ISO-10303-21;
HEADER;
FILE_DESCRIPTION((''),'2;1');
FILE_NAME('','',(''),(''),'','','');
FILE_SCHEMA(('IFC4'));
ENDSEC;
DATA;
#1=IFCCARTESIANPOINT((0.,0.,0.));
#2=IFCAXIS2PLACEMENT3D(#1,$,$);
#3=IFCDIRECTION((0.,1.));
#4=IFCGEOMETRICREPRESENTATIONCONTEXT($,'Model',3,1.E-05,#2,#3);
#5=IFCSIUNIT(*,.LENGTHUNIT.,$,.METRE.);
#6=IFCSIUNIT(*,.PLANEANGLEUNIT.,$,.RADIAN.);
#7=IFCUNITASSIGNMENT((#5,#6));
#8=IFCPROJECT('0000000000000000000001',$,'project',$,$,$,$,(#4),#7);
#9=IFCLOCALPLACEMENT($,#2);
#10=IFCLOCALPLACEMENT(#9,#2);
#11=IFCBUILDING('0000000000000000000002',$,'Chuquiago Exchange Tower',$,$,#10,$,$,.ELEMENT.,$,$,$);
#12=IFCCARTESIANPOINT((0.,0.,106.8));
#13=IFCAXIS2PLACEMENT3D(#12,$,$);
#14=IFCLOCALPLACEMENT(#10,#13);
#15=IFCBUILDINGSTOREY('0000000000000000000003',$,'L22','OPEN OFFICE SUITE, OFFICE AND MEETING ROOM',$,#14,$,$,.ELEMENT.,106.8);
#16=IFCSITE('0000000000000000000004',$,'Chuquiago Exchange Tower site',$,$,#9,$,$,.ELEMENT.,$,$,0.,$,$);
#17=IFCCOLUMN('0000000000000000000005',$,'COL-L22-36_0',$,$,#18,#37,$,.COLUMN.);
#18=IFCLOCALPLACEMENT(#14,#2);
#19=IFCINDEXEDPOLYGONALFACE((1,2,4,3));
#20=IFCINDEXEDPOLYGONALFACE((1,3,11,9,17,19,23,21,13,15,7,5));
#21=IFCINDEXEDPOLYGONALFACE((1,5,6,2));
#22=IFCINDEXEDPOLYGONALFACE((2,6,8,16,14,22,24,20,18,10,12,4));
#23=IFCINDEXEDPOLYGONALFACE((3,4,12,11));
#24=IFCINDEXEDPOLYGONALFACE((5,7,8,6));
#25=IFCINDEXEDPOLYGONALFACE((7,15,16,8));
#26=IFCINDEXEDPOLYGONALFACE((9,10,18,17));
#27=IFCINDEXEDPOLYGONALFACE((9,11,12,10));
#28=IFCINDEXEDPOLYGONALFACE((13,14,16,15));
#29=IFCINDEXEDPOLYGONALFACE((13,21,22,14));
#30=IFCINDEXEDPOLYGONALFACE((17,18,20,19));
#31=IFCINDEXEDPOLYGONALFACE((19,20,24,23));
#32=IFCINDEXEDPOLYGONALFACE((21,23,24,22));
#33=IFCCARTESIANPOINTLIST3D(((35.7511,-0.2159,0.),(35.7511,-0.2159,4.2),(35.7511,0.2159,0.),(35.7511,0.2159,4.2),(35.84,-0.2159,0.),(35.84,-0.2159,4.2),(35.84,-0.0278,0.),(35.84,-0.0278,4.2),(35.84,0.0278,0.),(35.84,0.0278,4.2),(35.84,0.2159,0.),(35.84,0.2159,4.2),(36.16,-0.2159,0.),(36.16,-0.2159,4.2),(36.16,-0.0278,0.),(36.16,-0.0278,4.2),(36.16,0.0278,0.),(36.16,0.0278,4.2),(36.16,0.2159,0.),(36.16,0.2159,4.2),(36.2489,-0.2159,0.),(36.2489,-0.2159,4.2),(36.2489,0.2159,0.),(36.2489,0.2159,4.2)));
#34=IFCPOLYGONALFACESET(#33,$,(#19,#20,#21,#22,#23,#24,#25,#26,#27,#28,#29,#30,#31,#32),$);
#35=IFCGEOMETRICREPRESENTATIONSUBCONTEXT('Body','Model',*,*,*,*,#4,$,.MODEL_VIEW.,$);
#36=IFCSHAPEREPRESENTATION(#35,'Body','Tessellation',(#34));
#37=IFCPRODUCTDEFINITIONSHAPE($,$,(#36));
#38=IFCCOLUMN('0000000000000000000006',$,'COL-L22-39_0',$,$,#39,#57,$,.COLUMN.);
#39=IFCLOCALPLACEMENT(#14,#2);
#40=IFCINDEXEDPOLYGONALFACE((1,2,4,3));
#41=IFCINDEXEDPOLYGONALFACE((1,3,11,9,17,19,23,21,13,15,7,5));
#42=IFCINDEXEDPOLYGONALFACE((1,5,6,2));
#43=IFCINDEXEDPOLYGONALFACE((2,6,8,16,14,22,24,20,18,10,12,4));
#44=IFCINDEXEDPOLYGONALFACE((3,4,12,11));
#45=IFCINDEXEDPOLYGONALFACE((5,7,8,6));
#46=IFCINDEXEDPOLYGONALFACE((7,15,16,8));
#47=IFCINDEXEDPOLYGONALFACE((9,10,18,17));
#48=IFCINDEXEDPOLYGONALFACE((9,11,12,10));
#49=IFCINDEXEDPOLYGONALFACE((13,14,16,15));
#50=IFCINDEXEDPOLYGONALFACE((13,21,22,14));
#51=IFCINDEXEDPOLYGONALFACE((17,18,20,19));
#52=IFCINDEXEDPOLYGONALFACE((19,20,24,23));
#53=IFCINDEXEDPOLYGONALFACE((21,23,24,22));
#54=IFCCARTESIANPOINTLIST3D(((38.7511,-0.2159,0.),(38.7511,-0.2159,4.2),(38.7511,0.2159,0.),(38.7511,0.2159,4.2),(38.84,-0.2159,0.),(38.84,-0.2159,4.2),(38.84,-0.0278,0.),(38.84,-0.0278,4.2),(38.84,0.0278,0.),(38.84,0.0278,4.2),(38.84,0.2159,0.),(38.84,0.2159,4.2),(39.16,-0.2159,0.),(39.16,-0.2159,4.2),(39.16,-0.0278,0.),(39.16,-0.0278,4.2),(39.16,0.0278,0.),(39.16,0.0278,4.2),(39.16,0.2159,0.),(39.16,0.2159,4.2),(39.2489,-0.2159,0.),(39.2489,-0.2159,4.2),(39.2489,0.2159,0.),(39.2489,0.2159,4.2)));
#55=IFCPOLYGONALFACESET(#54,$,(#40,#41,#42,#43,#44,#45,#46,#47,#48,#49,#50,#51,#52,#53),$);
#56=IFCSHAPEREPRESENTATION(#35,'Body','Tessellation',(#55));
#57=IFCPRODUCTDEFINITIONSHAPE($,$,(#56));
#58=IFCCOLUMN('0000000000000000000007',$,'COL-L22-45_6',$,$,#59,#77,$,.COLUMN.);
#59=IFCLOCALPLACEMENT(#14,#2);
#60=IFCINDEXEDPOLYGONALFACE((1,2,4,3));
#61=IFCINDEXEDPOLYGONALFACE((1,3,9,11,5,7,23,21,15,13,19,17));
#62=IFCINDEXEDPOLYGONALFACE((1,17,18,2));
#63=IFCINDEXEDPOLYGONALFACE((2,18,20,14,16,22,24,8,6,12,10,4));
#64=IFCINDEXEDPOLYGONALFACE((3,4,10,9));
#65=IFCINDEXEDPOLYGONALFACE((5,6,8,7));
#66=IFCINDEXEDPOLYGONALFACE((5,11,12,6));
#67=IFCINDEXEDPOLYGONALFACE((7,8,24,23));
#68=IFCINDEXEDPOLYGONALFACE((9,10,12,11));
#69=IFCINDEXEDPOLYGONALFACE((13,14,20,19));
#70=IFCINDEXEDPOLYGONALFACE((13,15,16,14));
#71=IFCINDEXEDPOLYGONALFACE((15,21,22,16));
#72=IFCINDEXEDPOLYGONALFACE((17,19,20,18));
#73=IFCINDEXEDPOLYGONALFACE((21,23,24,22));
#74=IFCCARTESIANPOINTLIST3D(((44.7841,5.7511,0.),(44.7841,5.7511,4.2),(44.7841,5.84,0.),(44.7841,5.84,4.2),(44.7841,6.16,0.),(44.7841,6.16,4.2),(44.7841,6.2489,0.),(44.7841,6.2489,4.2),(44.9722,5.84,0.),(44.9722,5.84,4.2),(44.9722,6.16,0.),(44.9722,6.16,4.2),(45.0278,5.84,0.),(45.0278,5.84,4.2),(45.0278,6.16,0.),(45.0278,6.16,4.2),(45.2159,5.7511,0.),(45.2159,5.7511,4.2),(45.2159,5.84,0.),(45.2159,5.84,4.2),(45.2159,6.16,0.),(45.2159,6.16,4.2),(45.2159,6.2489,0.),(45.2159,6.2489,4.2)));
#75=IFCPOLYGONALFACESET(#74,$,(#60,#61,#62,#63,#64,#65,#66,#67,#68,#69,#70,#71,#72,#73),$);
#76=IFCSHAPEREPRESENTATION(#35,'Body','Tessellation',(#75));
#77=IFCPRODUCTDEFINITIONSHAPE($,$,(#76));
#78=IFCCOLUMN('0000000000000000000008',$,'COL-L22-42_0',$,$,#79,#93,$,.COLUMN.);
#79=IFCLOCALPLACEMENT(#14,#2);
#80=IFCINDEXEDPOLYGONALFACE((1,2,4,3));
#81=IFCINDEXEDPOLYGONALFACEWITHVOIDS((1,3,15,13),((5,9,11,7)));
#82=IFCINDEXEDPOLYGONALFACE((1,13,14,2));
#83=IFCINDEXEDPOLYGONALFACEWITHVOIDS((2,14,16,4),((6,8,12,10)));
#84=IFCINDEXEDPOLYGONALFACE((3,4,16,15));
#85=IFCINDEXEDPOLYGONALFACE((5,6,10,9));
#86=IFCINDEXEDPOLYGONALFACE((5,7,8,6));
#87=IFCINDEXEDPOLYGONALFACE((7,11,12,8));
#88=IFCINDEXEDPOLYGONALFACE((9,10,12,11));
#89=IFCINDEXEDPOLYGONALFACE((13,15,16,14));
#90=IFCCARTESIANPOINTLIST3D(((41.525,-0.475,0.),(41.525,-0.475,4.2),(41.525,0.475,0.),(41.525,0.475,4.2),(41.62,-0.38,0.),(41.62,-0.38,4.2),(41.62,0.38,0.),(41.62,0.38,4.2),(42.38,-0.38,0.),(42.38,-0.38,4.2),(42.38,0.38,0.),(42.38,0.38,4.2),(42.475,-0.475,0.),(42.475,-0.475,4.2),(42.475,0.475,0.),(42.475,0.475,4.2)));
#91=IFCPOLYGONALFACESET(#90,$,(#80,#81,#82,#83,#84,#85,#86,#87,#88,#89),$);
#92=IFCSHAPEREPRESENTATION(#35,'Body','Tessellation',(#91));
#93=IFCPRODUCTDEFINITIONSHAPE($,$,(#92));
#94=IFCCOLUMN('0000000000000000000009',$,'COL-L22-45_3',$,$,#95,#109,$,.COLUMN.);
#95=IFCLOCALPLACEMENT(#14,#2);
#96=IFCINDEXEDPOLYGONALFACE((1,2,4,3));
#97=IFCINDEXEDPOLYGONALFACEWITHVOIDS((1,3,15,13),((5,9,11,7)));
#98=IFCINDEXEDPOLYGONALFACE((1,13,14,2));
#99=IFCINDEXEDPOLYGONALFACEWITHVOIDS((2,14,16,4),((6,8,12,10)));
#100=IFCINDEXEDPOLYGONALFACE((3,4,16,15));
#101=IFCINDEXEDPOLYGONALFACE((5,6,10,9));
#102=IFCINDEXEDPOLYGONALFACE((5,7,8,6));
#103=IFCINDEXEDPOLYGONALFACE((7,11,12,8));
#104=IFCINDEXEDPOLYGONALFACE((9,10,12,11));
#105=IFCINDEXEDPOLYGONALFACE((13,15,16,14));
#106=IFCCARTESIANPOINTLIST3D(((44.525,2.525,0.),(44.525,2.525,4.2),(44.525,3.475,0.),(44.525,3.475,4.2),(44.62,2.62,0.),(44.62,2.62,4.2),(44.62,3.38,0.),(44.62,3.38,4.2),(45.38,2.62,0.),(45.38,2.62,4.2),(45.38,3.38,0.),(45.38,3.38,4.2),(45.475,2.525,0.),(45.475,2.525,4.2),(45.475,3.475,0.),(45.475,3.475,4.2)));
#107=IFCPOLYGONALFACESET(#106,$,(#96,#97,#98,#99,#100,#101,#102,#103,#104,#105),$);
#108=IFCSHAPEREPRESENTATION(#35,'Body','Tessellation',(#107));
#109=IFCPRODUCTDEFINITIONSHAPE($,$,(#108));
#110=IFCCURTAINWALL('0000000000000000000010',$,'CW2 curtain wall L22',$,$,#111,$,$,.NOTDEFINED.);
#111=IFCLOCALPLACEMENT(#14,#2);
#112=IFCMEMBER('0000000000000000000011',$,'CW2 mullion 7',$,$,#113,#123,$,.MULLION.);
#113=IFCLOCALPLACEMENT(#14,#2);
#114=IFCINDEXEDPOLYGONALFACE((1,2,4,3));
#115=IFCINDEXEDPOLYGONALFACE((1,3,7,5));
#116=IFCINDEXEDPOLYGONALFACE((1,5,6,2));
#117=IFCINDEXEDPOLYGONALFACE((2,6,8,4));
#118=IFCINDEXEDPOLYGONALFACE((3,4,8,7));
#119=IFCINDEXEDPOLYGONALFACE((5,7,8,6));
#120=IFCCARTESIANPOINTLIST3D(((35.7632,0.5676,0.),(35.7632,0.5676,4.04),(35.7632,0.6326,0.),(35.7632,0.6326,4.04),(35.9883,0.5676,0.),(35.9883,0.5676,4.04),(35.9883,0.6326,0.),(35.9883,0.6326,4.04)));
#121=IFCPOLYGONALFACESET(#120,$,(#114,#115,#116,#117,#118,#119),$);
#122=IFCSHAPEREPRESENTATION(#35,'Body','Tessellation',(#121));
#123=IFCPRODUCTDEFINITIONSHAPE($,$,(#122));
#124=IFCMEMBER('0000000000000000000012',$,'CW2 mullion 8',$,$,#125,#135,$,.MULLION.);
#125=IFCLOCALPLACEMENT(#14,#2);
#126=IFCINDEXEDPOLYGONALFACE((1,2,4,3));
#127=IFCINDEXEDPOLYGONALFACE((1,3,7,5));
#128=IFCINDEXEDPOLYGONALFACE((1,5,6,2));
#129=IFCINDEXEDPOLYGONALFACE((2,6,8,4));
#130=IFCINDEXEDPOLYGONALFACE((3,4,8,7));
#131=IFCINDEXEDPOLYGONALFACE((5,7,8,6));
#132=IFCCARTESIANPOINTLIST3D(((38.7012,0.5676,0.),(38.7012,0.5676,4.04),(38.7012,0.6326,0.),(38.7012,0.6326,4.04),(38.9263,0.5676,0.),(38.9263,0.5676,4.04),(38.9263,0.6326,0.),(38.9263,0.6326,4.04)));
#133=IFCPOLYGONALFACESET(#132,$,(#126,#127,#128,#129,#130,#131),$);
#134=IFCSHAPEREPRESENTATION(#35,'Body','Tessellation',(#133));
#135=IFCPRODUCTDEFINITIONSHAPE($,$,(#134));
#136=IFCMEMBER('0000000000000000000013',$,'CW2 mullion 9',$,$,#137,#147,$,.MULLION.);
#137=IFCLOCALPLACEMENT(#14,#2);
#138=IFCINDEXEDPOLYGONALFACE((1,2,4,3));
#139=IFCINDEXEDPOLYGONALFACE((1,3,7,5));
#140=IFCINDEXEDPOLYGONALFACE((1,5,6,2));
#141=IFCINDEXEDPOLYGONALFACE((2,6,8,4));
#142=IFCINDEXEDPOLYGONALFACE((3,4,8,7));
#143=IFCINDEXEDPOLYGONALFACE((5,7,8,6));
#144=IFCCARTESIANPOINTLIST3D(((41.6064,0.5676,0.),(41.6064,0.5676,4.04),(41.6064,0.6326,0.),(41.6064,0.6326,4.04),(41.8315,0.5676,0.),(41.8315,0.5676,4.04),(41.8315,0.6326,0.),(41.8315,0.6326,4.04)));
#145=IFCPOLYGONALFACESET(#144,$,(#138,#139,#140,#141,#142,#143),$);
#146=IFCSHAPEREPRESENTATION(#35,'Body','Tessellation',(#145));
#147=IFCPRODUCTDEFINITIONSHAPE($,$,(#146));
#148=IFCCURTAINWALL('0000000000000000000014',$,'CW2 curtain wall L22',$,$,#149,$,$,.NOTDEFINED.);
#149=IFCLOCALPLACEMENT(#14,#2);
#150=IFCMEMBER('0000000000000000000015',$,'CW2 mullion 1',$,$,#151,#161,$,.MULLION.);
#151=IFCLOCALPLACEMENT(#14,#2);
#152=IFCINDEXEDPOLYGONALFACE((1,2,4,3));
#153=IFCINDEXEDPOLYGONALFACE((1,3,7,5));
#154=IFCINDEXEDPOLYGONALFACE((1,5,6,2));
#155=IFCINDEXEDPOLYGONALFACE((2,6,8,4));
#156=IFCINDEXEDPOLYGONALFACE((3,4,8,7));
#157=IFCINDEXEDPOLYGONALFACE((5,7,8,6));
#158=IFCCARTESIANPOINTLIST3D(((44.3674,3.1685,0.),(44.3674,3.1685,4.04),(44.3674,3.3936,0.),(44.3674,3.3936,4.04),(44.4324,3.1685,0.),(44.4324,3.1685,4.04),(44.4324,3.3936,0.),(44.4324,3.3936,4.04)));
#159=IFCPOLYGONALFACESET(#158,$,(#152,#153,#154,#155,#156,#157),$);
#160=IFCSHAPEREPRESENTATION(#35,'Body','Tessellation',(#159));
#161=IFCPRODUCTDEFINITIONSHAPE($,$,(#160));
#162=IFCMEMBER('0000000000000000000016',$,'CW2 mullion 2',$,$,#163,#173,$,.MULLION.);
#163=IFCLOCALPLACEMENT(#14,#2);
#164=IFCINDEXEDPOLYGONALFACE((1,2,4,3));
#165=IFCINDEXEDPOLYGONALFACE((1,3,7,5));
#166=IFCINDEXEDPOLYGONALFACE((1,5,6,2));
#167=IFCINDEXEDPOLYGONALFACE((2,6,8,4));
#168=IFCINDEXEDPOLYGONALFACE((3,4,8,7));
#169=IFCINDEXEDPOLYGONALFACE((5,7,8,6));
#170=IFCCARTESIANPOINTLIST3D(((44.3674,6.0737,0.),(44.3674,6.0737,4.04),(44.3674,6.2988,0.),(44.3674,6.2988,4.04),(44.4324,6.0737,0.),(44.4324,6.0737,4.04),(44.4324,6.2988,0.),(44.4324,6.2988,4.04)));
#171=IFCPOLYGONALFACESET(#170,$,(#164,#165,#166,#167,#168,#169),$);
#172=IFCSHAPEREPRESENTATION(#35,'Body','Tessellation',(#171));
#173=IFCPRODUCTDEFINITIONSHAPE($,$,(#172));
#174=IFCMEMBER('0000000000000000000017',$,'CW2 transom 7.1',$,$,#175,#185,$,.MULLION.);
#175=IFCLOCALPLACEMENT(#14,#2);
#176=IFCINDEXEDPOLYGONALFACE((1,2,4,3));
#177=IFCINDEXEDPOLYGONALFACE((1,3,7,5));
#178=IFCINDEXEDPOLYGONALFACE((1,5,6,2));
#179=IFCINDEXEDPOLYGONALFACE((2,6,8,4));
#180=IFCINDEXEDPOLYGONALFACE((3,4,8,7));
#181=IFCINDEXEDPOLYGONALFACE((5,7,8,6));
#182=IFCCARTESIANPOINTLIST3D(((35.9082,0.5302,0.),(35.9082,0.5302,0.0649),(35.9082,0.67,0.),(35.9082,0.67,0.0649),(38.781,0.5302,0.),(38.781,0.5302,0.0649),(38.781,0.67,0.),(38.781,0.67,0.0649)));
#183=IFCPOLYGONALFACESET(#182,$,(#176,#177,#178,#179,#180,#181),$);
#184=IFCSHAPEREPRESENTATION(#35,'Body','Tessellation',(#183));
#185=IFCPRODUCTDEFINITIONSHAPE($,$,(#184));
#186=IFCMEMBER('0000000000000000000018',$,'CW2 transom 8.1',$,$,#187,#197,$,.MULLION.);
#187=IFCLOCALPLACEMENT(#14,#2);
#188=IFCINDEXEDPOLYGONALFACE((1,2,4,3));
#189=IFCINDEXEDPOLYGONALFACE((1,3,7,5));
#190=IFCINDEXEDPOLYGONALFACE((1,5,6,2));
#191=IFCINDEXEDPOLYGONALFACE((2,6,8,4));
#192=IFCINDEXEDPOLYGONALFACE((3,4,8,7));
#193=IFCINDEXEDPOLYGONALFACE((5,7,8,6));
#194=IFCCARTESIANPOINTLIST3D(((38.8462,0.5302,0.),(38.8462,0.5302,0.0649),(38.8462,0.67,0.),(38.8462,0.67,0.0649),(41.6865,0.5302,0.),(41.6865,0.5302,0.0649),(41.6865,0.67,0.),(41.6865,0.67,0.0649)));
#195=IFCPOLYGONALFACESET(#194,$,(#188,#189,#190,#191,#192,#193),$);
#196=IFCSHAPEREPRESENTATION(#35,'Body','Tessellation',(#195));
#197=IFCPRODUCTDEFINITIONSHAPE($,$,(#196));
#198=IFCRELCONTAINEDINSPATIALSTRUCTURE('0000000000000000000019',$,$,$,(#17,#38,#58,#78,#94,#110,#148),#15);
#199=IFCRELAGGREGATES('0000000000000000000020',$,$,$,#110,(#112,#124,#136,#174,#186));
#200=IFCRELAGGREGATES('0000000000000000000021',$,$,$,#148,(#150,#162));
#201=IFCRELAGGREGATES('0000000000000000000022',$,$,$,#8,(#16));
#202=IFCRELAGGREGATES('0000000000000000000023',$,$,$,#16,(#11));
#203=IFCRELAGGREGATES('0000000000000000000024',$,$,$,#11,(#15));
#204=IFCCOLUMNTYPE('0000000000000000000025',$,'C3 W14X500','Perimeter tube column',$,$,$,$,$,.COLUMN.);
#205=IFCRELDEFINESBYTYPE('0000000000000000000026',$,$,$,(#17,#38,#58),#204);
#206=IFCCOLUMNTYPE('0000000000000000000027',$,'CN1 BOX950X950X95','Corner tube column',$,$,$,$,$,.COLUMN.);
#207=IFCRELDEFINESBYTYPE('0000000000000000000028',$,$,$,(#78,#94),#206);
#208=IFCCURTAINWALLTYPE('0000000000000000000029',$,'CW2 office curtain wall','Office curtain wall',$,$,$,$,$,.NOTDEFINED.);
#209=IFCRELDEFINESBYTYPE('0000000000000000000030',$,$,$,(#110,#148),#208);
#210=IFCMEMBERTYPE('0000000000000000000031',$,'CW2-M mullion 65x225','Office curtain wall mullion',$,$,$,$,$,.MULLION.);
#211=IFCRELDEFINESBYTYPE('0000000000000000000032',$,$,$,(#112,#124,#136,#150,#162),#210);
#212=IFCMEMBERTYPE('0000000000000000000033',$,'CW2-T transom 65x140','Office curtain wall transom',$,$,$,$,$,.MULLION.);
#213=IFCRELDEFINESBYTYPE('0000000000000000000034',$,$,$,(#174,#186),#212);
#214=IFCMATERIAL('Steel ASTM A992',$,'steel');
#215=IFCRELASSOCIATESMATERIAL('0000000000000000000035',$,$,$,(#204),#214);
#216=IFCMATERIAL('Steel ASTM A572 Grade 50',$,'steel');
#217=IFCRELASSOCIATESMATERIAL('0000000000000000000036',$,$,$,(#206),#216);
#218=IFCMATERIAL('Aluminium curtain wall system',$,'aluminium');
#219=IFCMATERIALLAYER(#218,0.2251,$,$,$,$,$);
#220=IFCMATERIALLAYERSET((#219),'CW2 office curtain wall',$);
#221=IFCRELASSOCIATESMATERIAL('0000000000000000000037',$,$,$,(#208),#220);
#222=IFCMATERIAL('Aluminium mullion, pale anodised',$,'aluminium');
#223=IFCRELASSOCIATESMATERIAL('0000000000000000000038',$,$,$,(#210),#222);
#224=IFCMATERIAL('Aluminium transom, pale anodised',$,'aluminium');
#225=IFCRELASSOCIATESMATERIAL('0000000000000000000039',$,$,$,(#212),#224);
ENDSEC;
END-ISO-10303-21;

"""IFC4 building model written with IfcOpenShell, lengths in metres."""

from ifc_helpers import new_model, si_unit, direction, frame, origin, origin_2d, place, context, subcontext, project, spatial, rectangle, hollow_rectangle, i_section, extrude, material, layer, layer_set, material_profile, profile_set, type_object, element, aggregate, save


model = new_model("IFC4")

# Units and contexts
model_context = context("Model", 3, precision=1e-05, world=origin(), true_north=direction((0.0, 1.0)))
body_context = subcontext(model_context, "Body", "Model", "MODEL_VIEW")
ifc_project = project(units=[si_unit("LENGTHUNIT", "METRE"), si_unit("PLANEANGLEUNIT", "RADIAN")], contexts=[model_context])

# Site, building, storey
site_placement = place(None, origin())
site = spatial("IfcSite", under=ifc_project, at=site_placement, Name="Chuquiago Exchange Tower site", CompositionType="ELEMENT", RefElevation=0.0)
building_placement = place(site_placement, origin())
building = spatial("IfcBuilding", under=site, at=building_placement, Name="Chuquiago Exchange Tower", CompositionType="ELEMENT")
storey_placement = place(building_placement, frame((0.0, 0.0, 106.8)))
storey = spatial("IfcBuildingStorey", under=building, at=storey_placement, Name="L22", Description="OPEN OFFICE SUITE, OFFICE AND MEETING ROOM", CompositionType="ELEMENT", Elevation=106.8)

# Columns
ifc_material_1 = material(Name="Steel ASTM A992", Category="steel")
ifc_material_profile_1 = material_profile(ifc_material_1, i_section(OverallWidth=0.4319, OverallDepth=0.4978, WebThickness=0.0557, FlangeThickness=0.0889, at=origin_2d()), Name="W14X500")
ifc_profile_set_1 = profile_set([ifc_material_profile_1], Name="Steel ASTM A992")
column_type_1 = type_object("IfcColumnType", Name="C3 W14X500", Description="Perimeter tube column", PredefinedType="COLUMN", material=ifc_profile_set_1)
for number, where, z_axis, x_axis, name in (
    (1, (36.0, 0.0, 0.0), (0.0, 0.0, 1.0), (0.0, -1.0, 0.0), "COL-L22-36_0"),
    (2, (39.0, 0.0, 0.0), (0.0, 0.0, 1.0), (0.0, -1.0, 0.0), "COL-L22-39_0"),
    (3, (45.0, 6.0, 0.0), (0.0, 0.0, 1.0), (1.0, 0.0, 0.0), "COL-L22-45_6"),
):
    element("IfcColumn", number, at=place(storey_placement, frame(where, z_axis=z_axis, x_axis=x_axis)), inside=storey, type_object=column_type_1, Name=name, PredefinedType="COLUMN", context=body_context, shape_type="SweptSolid", body=[
        extrude(i_section(OverallWidth=0.4319, OverallDepth=0.4978, WebThickness=0.0557, FlangeThickness=0.0889, at=origin_2d()), origin(), (0.0, 0.0, 1.0), 4.2),
    ])
ifc_material_2 = material(Name="Steel ASTM A572 Grade 50", Category="steel")
ifc_material_profile_2 = material_profile(ifc_material_2, hollow_rectangle(XDim=0.95, YDim=0.95, WallThickness=0.095, at=origin_2d()), Name="BOX950X950X95")
ifc_profile_set_2 = profile_set([ifc_material_profile_2], Name="Steel ASTM A572 Grade 50")
column_type_2 = type_object("IfcColumnType", Name="CN1 BOX950X950X95", Description="Corner tube column", PredefinedType="COLUMN", material=ifc_profile_set_2)
for number, where, z_axis, x_axis, name in (
    (4, (42.0, 0.0, 0.0), (0.0, 0.0, 1.0), (0.0, -1.0, 0.0), "COL-L22-42_0"),
    (5, (45.0, 3.0, 0.0), (0.0, 0.0, 1.0), (1.0, 0.0, 0.0), "COL-L22-45_3"),
):
    element("IfcColumn", number, at=place(storey_placement, frame(where, z_axis=z_axis, x_axis=x_axis)), inside=storey, type_object=column_type_2, Name=name, PredefinedType="COLUMN", context=body_context, shape_type="SweptSolid", body=[
        extrude(hollow_rectangle(XDim=0.95, YDim=0.95, WallThickness=0.095, at=origin_2d()), origin(), (0.0, 0.0, 1.0), 4.2),
    ])

# Curtain walls, members
ifc_material_3 = material(Name="Aluminium curtain wall system", Category="aluminium")
ifc_layer_1 = layer(ifc_material_3, 0.2251)
ifc_layer_set_1 = layer_set([ifc_layer_1], Name="CW2 office curtain wall")
curtain_wall_type_1 = type_object("IfcCurtainWallType", Name="CW2 office curtain wall", Description="Office curtain wall", PredefinedType="NOTDEFINED", material=ifc_layer_set_1)
curtain_wall_1_placement = place(storey_placement, origin())
curtain_wall_1 = element("IfcCurtainWall", 6, at=curtain_wall_1_placement, inside=storey, type_object=curtain_wall_type_1, Name="CW2 curtain wall L22", PredefinedType="NOTDEFINED")
ifc_material_4 = material(Name="Aluminium mullion, pale anodised", Category="aluminium")
ifc_material_profile_3 = material_profile(ifc_material_4, rectangle(XDim=0.0649, YDim=0.2251, at=origin_2d()), Name="AL 65x225")
ifc_profile_set_3 = profile_set([ifc_material_profile_3], Name="Aluminium mullion, pale anodised")
member_type_1 = type_object("IfcMemberType", Name="CW2-M mullion 65x225", Description="Office curtain wall mullion", PredefinedType="MULLION", material=ifc_profile_set_3)
member_1_placement = place(storey_placement, frame((35.8757, 0.6001, 0.0), z_axis=(0.0, 0.0, 1.0), x_axis=(0.0, 1.0, 0.0)))
member_1 = element("IfcMember", 7, at=member_1_placement, type_object=member_type_1, Name="CW2 mullion 7", PredefinedType="MULLION", context=body_context, shape_type="SweptSolid", body=[
    extrude(rectangle(XDim=0.0649, YDim=0.2251, at=origin_2d()), origin(), (0.0, 0.0, 1.0), 4.04),
])
member_2_placement = place(storey_placement, frame((38.8137, 0.6001, 0.0), z_axis=(0.0, 0.0, 1.0), x_axis=(0.0, 1.0, 0.0)))
member_2 = element("IfcMember", 8, at=member_2_placement, type_object=member_type_1, Name="CW2 mullion 8", PredefinedType="MULLION", context=body_context, shape_type="SweptSolid", body=[
    extrude(rectangle(XDim=0.0649, YDim=0.2251, at=origin_2d()), origin(), (0.0, 0.0, 1.0), 4.04),
])
member_3_placement = place(storey_placement, frame((41.719, 0.6001, 0.0), z_axis=(0.0, 0.0, 1.0), x_axis=(0.0, 1.0, 0.0)))
member_3 = element("IfcMember", 9, at=member_3_placement, type_object=member_type_1, Name="CW2 mullion 9", PredefinedType="MULLION", context=body_context, shape_type="SweptSolid", body=[
    extrude(rectangle(XDim=0.0649, YDim=0.2251, at=origin_2d()), origin(), (0.0, 0.0, 1.0), 4.04),
])
curtain_wall_2_placement = place(storey_placement, origin())
curtain_wall_2 = element("IfcCurtainWall", 10, at=curtain_wall_2_placement, inside=storey, type_object=curtain_wall_type_1, Name="CW2 curtain wall L22", PredefinedType="NOTDEFINED")
member_4_placement = place(storey_placement, frame((44.3999, 3.281, 0.0), z_axis=(0.0, 0.0, 1.0), x_axis=(-1.0, 0.0, 0.0)))
member_4 = element("IfcMember", 11, at=member_4_placement, type_object=member_type_1, Name="CW2 mullion 1", PredefinedType="MULLION", context=body_context, shape_type="SweptSolid", body=[
    extrude(rectangle(XDim=0.0649, YDim=0.2251, at=origin_2d()), origin(), (0.0, 0.0, 1.0), 4.04),
])
member_5_placement = place(storey_placement, frame((44.3999, 6.1863, 0.0), z_axis=(0.0, 0.0, 1.0), x_axis=(-1.0, 0.0, 0.0)))
member_5 = element("IfcMember", 12, at=member_5_placement, type_object=member_type_1, Name="CW2 mullion 2", PredefinedType="MULLION", context=body_context, shape_type="SweptSolid", body=[
    extrude(rectangle(XDim=0.0649, YDim=0.2251, at=origin_2d()), origin(), (0.0, 0.0, 1.0), 4.04),
])

# Members
ifc_material_5 = material(Name="Aluminium transom, pale anodised", Category="aluminium")
ifc_material_profile_4 = material_profile(ifc_material_5, rectangle(XDim=0.1399, YDim=0.0649, at=origin_2d()), Name="AL 140x65")
ifc_profile_set_4 = profile_set([ifc_material_profile_4], Name="Aluminium transom, pale anodised")
member_type_2 = type_object("IfcMemberType", Name="CW2-T transom 65x140", Description="Office curtain wall transom", PredefinedType="MULLION", material=ifc_profile_set_4)
member_6_placement = place(storey_placement, frame((35.9082, 0.6001, 0.0325), z_axis=(1.0, 0.0, 0.0), x_axis=(0.0, 1.0, 0.0)))
member_6 = element("IfcMember", 13, at=member_6_placement, type_object=member_type_2, Name="CW2 transom 7.1", PredefinedType="MULLION", context=body_context, shape_type="SweptSolid", body=[
    extrude(rectangle(XDim=0.1399, YDim=0.0649, at=origin_2d()), origin(), (0.0, 0.0, 1.0), 2.8728),
])
member_7_placement = place(storey_placement, frame((38.8462, 0.6001, 0.0325), z_axis=(1.0, 0.0, 0.0), x_axis=(0.0, 1.0, 0.0)))
member_7 = element("IfcMember", 14, at=member_7_placement, type_object=member_type_2, Name="CW2 transom 8.1", PredefinedType="MULLION", context=body_context, shape_type="SweptSolid", body=[
    extrude(rectangle(XDim=0.1399, YDim=0.0649, at=origin_2d()), origin(), (0.0, 0.0, 1.0), 2.8403),
])

aggregate(curtain_wall_1, [member_1, member_2, member_3, member_6, member_7])
aggregate(curtain_wall_2, [member_4, member_5])

save(model, "model.ifc")
